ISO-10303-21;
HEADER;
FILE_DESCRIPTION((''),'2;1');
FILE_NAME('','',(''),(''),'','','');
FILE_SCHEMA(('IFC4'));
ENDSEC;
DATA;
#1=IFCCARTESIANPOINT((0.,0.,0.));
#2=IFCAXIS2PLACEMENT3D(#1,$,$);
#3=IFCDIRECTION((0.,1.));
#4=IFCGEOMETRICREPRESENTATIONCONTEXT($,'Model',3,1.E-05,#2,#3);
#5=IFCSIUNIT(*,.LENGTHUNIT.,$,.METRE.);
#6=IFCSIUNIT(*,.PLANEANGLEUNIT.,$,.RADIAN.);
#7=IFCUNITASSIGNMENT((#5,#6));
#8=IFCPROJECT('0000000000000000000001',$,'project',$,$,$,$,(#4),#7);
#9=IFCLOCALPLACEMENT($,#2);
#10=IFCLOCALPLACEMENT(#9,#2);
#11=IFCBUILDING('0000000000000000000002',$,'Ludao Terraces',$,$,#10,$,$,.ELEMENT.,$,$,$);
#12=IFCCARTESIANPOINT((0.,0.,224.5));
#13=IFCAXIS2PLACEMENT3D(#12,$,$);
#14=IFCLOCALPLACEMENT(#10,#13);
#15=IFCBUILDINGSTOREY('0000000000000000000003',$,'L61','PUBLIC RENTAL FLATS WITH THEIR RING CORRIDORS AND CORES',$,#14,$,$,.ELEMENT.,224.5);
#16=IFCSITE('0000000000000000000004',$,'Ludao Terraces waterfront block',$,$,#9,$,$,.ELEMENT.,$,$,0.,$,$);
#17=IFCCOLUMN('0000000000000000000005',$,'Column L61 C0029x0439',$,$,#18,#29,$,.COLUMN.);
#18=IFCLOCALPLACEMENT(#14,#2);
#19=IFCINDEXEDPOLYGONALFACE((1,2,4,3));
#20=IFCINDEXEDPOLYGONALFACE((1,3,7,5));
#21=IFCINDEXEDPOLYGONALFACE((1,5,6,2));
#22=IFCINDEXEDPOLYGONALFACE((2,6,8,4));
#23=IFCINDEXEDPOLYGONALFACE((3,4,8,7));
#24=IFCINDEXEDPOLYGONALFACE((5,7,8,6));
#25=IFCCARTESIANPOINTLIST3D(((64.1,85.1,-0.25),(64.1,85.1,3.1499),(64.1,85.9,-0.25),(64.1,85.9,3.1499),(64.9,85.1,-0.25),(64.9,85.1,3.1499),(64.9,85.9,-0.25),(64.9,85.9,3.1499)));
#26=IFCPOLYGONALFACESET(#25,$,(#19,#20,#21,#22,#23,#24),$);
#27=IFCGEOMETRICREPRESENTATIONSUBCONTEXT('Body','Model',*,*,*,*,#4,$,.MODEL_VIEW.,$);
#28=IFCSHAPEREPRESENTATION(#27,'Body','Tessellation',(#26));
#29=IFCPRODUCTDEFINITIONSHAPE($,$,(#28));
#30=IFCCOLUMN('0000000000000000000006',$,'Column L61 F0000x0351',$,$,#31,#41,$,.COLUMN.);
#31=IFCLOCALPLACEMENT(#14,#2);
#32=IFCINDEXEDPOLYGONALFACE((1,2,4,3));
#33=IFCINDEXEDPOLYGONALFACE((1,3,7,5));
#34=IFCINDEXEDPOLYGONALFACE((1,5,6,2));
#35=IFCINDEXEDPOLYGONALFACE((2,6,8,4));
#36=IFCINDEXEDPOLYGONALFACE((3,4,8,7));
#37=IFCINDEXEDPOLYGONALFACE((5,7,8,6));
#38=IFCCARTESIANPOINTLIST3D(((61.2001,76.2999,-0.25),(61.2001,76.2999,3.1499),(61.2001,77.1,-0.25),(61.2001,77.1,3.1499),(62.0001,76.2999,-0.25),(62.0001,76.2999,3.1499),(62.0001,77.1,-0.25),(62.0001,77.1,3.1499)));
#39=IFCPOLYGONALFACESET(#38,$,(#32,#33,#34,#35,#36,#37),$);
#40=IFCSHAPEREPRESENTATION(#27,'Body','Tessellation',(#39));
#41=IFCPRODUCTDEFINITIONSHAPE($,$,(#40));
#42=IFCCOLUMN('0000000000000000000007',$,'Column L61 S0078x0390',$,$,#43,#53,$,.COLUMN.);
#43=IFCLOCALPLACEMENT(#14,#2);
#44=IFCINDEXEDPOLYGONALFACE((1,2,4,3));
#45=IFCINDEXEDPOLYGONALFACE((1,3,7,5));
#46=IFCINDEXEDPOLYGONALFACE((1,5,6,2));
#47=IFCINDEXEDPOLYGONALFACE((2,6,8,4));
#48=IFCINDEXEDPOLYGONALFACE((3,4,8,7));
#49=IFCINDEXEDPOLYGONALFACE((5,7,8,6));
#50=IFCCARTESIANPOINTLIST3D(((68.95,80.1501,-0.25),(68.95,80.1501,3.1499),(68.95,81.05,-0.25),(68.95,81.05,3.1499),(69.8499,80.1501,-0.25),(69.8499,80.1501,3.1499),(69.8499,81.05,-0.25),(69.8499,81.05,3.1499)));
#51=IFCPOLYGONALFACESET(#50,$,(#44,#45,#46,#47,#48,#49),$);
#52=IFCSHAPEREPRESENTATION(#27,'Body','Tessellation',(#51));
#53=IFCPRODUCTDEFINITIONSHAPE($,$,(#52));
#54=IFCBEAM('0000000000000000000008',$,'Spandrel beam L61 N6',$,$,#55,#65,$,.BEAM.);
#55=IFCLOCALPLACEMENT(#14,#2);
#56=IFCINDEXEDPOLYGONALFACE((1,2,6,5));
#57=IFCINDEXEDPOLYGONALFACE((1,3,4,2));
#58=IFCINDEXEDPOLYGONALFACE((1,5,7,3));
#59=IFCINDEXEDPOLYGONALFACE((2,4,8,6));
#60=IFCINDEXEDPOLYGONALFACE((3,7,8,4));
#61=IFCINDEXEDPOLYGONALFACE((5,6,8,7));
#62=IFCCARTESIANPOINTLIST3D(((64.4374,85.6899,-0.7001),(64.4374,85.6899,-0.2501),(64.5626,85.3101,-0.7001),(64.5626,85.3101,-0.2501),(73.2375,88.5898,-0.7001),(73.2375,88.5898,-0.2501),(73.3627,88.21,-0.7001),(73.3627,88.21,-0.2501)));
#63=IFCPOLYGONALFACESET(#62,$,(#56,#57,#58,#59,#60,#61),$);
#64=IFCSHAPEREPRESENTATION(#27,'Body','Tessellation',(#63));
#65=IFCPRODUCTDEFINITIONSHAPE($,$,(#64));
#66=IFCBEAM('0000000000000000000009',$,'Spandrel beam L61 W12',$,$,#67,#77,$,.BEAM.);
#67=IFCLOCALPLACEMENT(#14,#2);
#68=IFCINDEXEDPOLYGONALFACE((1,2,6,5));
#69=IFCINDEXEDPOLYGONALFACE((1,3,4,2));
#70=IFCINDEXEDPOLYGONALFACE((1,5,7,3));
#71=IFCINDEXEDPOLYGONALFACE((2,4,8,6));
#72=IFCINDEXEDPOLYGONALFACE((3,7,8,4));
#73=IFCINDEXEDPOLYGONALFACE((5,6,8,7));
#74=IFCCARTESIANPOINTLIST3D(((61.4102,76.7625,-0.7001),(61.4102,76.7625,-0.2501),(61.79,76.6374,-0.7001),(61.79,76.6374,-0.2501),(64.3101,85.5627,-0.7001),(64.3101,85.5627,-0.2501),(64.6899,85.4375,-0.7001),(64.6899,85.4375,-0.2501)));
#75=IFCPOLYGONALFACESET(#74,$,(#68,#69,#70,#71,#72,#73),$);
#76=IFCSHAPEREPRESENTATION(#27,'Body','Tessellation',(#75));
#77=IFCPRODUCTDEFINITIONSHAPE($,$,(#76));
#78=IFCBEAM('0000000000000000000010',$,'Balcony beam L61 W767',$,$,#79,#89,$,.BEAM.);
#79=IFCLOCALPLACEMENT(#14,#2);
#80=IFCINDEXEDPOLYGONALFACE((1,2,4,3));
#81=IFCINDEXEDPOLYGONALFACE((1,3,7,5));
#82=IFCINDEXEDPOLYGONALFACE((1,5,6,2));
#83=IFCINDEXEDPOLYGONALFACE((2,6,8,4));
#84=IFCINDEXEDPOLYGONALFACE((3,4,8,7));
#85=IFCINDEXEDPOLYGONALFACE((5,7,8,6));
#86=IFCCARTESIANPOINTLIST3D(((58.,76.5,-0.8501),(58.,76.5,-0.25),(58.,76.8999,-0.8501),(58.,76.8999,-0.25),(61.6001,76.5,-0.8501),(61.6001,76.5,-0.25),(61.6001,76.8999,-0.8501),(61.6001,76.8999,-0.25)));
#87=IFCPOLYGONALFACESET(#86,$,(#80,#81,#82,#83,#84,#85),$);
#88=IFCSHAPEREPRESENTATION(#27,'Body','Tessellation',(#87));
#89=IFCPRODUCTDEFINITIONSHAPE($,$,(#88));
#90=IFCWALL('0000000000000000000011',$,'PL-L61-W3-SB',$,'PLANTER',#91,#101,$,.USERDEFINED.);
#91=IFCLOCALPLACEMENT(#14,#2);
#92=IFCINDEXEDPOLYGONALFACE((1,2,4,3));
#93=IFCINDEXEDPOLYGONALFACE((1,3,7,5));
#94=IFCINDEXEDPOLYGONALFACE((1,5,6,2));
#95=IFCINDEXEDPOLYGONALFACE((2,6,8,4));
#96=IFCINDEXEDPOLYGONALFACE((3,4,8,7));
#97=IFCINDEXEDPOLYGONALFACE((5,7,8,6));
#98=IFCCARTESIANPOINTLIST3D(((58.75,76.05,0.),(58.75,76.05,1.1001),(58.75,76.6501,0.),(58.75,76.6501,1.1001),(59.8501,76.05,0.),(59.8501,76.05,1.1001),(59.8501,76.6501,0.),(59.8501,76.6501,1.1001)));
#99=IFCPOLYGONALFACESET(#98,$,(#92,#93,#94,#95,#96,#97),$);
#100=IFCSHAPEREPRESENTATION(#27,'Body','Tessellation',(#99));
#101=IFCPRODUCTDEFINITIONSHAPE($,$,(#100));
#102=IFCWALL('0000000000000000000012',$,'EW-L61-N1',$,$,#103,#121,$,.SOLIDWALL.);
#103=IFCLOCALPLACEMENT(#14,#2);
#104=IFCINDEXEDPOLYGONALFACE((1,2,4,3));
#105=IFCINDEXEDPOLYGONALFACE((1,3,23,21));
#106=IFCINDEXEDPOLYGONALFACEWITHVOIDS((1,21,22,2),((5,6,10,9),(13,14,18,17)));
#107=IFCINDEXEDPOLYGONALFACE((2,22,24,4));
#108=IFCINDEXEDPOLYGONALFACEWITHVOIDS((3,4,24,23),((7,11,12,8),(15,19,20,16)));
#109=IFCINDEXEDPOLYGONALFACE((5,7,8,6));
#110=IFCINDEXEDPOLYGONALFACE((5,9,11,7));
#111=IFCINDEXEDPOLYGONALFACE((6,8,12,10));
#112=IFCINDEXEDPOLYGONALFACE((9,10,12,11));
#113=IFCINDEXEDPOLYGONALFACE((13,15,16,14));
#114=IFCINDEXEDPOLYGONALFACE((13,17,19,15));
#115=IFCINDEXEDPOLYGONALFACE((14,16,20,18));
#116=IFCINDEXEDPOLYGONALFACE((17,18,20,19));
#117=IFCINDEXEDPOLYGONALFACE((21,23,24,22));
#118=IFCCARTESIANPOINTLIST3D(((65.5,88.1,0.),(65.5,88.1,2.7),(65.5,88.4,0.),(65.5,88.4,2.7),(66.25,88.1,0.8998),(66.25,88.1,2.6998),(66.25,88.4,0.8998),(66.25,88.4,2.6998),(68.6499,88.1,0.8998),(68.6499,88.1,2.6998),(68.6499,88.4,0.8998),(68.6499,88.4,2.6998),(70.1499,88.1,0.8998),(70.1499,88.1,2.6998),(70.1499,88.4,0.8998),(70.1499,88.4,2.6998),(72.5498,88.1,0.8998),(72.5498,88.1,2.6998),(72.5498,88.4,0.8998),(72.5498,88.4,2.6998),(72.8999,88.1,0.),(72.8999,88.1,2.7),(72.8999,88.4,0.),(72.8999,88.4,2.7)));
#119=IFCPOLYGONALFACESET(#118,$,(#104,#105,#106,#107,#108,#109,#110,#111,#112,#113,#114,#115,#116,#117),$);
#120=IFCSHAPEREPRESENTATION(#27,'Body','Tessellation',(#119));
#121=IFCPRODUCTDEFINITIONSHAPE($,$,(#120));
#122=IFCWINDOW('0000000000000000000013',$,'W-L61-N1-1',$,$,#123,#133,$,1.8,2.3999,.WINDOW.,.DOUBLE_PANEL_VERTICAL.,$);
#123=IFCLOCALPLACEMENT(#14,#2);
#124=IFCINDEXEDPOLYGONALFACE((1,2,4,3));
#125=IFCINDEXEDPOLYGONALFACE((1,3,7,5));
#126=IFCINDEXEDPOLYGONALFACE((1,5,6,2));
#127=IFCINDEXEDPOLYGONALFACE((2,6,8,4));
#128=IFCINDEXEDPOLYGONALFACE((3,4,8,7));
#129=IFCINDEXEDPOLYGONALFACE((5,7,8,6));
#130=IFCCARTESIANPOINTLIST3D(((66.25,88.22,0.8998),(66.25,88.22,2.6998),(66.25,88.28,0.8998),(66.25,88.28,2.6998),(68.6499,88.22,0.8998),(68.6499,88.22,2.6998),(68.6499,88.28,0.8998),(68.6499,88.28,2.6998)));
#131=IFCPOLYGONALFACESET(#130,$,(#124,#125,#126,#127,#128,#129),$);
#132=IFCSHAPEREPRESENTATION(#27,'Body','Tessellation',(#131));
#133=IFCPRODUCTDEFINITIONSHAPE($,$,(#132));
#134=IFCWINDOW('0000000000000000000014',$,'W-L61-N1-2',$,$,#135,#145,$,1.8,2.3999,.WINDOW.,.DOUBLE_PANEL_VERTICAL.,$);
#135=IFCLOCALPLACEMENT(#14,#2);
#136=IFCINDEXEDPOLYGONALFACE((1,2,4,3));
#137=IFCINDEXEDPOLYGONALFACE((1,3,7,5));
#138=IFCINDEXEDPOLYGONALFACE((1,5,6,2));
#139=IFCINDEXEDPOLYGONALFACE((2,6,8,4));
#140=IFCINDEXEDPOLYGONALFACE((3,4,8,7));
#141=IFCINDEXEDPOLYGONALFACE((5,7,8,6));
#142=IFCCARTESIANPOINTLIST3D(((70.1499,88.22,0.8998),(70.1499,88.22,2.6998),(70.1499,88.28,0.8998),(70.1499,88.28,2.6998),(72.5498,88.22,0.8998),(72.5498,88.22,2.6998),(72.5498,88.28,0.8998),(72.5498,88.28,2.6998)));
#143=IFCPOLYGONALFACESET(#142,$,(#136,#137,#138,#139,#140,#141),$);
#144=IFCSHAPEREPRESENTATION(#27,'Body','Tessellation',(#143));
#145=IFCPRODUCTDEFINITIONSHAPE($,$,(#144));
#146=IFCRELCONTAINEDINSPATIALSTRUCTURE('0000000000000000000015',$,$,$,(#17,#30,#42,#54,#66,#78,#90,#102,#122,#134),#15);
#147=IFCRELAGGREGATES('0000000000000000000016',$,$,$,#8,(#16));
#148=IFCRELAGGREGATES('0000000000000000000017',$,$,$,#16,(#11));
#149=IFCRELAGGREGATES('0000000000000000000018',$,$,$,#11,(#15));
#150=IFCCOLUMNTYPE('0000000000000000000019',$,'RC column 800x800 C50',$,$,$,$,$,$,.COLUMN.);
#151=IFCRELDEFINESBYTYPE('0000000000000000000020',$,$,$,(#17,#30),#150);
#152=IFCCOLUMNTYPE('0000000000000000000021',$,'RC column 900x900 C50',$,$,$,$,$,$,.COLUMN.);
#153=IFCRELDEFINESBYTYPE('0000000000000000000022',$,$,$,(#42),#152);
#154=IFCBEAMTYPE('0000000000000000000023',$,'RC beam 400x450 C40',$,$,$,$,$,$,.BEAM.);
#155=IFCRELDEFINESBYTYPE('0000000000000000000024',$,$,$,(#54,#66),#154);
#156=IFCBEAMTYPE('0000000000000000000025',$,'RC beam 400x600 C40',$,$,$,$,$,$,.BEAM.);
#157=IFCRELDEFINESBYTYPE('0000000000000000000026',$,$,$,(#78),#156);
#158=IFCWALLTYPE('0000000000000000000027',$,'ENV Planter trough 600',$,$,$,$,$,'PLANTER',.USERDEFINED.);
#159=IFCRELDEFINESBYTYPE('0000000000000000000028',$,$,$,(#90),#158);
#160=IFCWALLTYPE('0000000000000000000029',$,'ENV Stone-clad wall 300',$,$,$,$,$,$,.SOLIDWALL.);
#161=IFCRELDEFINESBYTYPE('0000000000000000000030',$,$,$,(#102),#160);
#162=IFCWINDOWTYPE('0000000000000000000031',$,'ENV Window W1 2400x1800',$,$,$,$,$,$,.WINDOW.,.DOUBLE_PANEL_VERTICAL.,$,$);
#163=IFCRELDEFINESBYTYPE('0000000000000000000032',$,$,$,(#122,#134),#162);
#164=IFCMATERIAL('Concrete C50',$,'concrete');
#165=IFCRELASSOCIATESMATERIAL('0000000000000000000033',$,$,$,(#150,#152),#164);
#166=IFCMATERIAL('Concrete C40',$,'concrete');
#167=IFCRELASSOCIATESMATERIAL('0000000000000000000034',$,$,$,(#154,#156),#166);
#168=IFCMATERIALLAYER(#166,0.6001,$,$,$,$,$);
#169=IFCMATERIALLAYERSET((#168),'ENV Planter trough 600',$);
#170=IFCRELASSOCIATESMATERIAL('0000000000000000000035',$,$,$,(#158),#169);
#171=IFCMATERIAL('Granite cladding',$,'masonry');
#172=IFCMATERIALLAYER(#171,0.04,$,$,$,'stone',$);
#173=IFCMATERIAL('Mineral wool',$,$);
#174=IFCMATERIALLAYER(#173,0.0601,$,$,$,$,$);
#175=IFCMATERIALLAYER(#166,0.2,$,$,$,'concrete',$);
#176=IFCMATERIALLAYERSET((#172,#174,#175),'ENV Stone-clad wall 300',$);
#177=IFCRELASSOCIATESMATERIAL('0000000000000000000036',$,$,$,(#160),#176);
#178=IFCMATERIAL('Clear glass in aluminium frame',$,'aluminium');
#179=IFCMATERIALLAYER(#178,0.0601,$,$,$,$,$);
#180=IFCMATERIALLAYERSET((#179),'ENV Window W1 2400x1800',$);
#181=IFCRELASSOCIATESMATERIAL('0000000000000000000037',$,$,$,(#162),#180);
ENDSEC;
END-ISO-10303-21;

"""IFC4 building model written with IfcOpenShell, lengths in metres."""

from ifc_helpers import new_model, si_unit, direction, frame, frame_2d, origin, origin_2d, place, context, subcontext, project, spatial, rectangle, extrude, material, layer, layer_set, material_profile, profile_set, type_object, element, fill, save


model = new_model("IFC4")

# Units and contexts
model_context = context("Model", 3, precision=1e-05, world=origin(), true_north=direction((0.0, 1.0)))
body_context = subcontext(model_context, "Body", "Model", "MODEL_VIEW")
ifc_project = project(units=[si_unit("LENGTHUNIT", "METRE"), si_unit("PLANEANGLEUNIT", "RADIAN")], contexts=[model_context])

# Site, building, storey
site_placement = place(None, origin())
site = spatial("IfcSite", under=ifc_project, at=site_placement, Name="Ludao Terraces waterfront block", CompositionType="ELEMENT", RefElevation=0.0)
building_placement = place(site_placement, origin())
building = spatial("IfcBuilding", under=site, at=building_placement, Name="Ludao Terraces", CompositionType="ELEMENT")
storey_placement = place(building_placement, frame((0.0, 0.0, 224.5)))
storey = spatial("IfcBuildingStorey", under=building, at=storey_placement, Name="L61", Description="PUBLIC RENTAL FLATS WITH THEIR RING CORRIDORS AND CORES", CompositionType="ELEMENT", Elevation=224.5)

# Columns
ifc_material_1 = material(Name="Concrete C50", Category="concrete")
ifc_material_profile_1 = material_profile(ifc_material_1, rectangle(XDim=0.8, YDim=0.8, at=origin_2d()), Name="800 X 800")
ifc_profile_set_1 = profile_set([ifc_material_profile_1], Name="Concrete C50")
column_type_1 = type_object("IfcColumnType", Name="RC column 800x800 C50", PredefinedType="COLUMN", material=ifc_profile_set_1)
for number, where, z_axis, x_axis, name in (
    (1, (64.5, 85.5, -0.25), (0.0, 0.0, 1.0), (1.0, 0.0, 0.0), "Column L61 C0029x0439"),
    (2, (61.6001, 76.7, -0.25), (0.0, 0.0, 1.0), (1.0, 0.0, 0.0), "Column L61 F0000x0351"),
):
    element("IfcColumn", number, at=place(storey_placement, frame(where, z_axis=z_axis, x_axis=x_axis)), inside=storey, type_object=column_type_1, Name=name, PredefinedType="COLUMN", context=body_context, shape_type="SweptSolid", body=[
        extrude(rectangle(XDim=0.8, YDim=0.8, at=origin_2d()), origin(), (0.0, 0.0, 1.0), 3.3999),
    ])
ifc_material_profile_2 = material_profile(ifc_material_1, rectangle(XDim=0.8999, YDim=0.8999, at=origin_2d()), Name="900 X 900")
ifc_profile_set_2 = profile_set([ifc_material_profile_2], Name="Concrete C50")
column_type_2 = type_object("IfcColumnType", Name="RC column 900x900 C50", PredefinedType="COLUMN", material=ifc_profile_set_2)
column_placement = place(storey_placement, frame((69.3999, 80.6001, -0.25), z_axis=(0.0, 0.0, 1.0), x_axis=(1.0, 0.0, 0.0)))
element("IfcColumn", 3, at=column_placement, inside=storey, type_object=column_type_2, Name="Column L61 S0078x0390", PredefinedType="COLUMN", context=body_context, shape_type="SweptSolid", body=[
    extrude(rectangle(XDim=0.8999, YDim=0.8999, at=origin_2d()), origin(), (0.0, 0.0, 1.0), 3.3999),
])

# Beams
ifc_material_2 = material(Name="Concrete C40", Category="concrete")
ifc_material_profile_3 = material_profile(ifc_material_2, rectangle(XDim=0.3999, YDim=0.45, at=origin_2d()), Name="400 X 450")
ifc_profile_set_3 = profile_set([ifc_material_profile_3], Name="Concrete C40")
beam_type_1 = type_object("IfcBeamType", Name="RC beam 400x450 C40", PredefinedType="BEAM", material=ifc_profile_set_3)
for number, where, z_axis, x_axis, name in (
    (4, (64.5, 85.5, -0.4751), (0.949761, 0.312977, 0.0), (-0.312977, 0.949761, 0.0), "Spandrel beam L61 N6"),
    (5, (61.6001, 76.7, -0.4751), (0.312977, 0.949761, 0.0), (-0.949761, 0.312977, 0.0), "Spandrel beam L61 W12"),
):
    element("IfcBeam", number, at=place(storey_placement, frame(where, z_axis=z_axis, x_axis=x_axis)), inside=storey, type_object=beam_type_1, Name=name, PredefinedType="BEAM", context=body_context, shape_type="SweptSolid", body=[
        extrude(rectangle(XDim=0.3999, YDim=0.45, at=origin_2d()), origin(), (0.0, 0.0, 1.0), 9.2656),
    ])
ifc_material_profile_4 = material_profile(ifc_material_2, rectangle(XDim=0.3999, YDim=0.6001, at=origin_2d()), Name="400 X 600")
ifc_profile_set_4 = profile_set([ifc_material_profile_4], Name="Concrete C40")
beam_type_2 = type_object("IfcBeamType", Name="RC beam 400x600 C40", PredefinedType="BEAM", material=ifc_profile_set_4)
beam_placement = place(storey_placement, frame((61.6001, 76.7, -0.55), z_axis=(-1.0, 0.0, 0.0), x_axis=(0.0, -1.0, 0.0)))
element("IfcBeam", 6, at=beam_placement, inside=storey, type_object=beam_type_2, Name="Balcony beam L61 W767", PredefinedType="BEAM", context=body_context, shape_type="SweptSolid", body=[
    extrude(rectangle(XDim=0.3999, YDim=0.6001, at=origin_2d()), origin(), (0.0, 0.0, 1.0), 3.6001),
])

# Wall
ifc_layer_1 = layer(ifc_material_2, 0.6001)
ifc_layer_set_1 = layer_set([ifc_layer_1], Name="ENV Planter trough 600")
wall_type_1 = type_object("IfcWallType", Name="ENV Planter trough 600", ElementType="PLANTER", PredefinedType="USERDEFINED", material=ifc_layer_set_1)
wall_1_placement = place(storey_placement, frame((58.75, 76.3501, 0.0), z_axis=(0.0, 0.0, 1.0), x_axis=(1.0, 0.0, 0.0)))
element("IfcWall", 7, at=wall_1_placement, inside=storey, type_object=wall_type_1, Name="PL-L61-W3-SB", ObjectType="PLANTER", PredefinedType="USERDEFINED", context=body_context, shape_type="SweptSolid", body=[
    extrude(rectangle(XDim=1.1001, YDim=0.6001, at=frame_2d((0.55, 0.0))), origin(), (0.0, 0.0, 1.0), 1.1001),
])

# Wall, openings, windows
ifc_material_3 = material(Name="Granite cladding", Category="masonry")
ifc_layer_2 = layer(ifc_material_3, 0.04, Category="stone")
ifc_material_4 = material(Name="Mineral wool")
ifc_layer_3 = layer(ifc_material_4, 0.0601)
ifc_layer_4 = layer(ifc_material_2, 0.2, Category="concrete")
ifc_layer_set_2 = layer_set([ifc_layer_2, ifc_layer_3, ifc_layer_4], Name="ENV Stone-clad wall 300")
wall_type_2 = type_object("IfcWallType", Name="ENV Stone-clad wall 300", PredefinedType="SOLIDWALL", material=ifc_layer_set_2)
wall_2_placement = place(storey_placement, frame((65.5, 88.25, 0.0), z_axis=(0.0, 0.0, 1.0), x_axis=(1.0, 0.0, 0.0)))
wall_2 = element("IfcWall", 8, at=wall_2_placement, inside=storey, type_object=wall_type_2, Name="EW-L61-N1", PredefinedType="SOLIDWALL", context=body_context, shape_type="SweptSolid", body=[
    extrude(rectangle(XDim=7.3999, YDim=0.3, at=frame_2d((3.7, 0.0))), origin(), (0.0, 0.0, 1.0), 2.7),
])
opening_1_placement = place(wall_2_placement, frame((0.75, 0.0, 0.8999)))
opening_1 = element("IfcOpeningElement", 9, at=opening_1_placement, cuts=wall_2, PredefinedType="OPENING", context=body_context, shape_type="SweptSolid", body=[
    extrude(rectangle(XDim=2.3999, YDim=1.8, at=frame_2d((1.2, 0.8999))), frame((0.0, 0.1602, 0.0), z_axis=(0.0, -1.0, 0.0), x_axis=(1.0, 0.0, 0.0)), (0.0, 0.0, 1.0), 0.3201),
])
opening_2_placement = place(wall_2_placement, frame((4.6499, 0.0, 0.8999)))
opening_2 = element("IfcOpeningElement", 10, at=opening_2_placement, cuts=wall_2, PredefinedType="OPENING", context=body_context, shape_type="SweptSolid", body=[
    extrude(rectangle(XDim=2.3999, YDim=1.8, at=frame_2d((1.2, 0.8999))), frame((0.0, 0.1602, 0.0), z_axis=(0.0, -1.0, 0.0), x_axis=(1.0, 0.0, 0.0)), (0.0, 0.0, 1.0), 0.3201),
])
ifc_material_5 = material(Name="Clear glass in aluminium frame", Category="aluminium")
ifc_layer_5 = layer(ifc_material_5, 0.0601)
ifc_layer_set_3 = layer_set([ifc_layer_5], Name="ENV Window W1 2400x1800")
window_type_1 = type_object("IfcWindowType", Name="ENV Window W1 2400x1800", PartitioningType="DOUBLE_PANEL_VERTICAL", PredefinedType="WINDOW", material=ifc_layer_set_3)
window_1_placement = place(opening_1_placement, origin())
window_1 = element("IfcWindow", 11, at=window_1_placement, inside=storey, type_object=window_type_1, Name="W-L61-N1-1", OverallHeight=1.8, OverallWidth=2.3999, PartitioningType="DOUBLE_PANEL_VERTICAL", PredefinedType="WINDOW", context=body_context, shape_type="SweptSolid", body=[
    extrude(rectangle(XDim=2.3999, YDim=1.8, at=frame_2d((1.2, 0.8999))), frame((0.0, 0.03, 0.0), z_axis=(0.0, -1.0, 0.0), x_axis=(1.0, 0.0, 0.0)), (0.0, 0.0, 1.0), 0.0601),
])
fill(opening_1, window_1)
window_2_placement = place(opening_2_placement, origin())
window_2 = element("IfcWindow", 12, at=window_2_placement, inside=storey, type_object=window_type_1, Name="W-L61-N1-2", OverallHeight=1.8, OverallWidth=2.3999, PartitioningType="DOUBLE_PANEL_VERTICAL", PredefinedType="WINDOW", context=body_context, shape_type="SweptSolid", body=[
    extrude(rectangle(XDim=2.3999, YDim=1.8, at=frame_2d((1.2, 0.8999))), frame((0.0, 0.03, 0.0), z_axis=(0.0, -1.0, 0.0), x_axis=(1.0, 0.0, 0.0)), (0.0, 0.0, 1.0), 0.0601),
])
fill(opening_2, window_2)

save(model, "model.ifc")
